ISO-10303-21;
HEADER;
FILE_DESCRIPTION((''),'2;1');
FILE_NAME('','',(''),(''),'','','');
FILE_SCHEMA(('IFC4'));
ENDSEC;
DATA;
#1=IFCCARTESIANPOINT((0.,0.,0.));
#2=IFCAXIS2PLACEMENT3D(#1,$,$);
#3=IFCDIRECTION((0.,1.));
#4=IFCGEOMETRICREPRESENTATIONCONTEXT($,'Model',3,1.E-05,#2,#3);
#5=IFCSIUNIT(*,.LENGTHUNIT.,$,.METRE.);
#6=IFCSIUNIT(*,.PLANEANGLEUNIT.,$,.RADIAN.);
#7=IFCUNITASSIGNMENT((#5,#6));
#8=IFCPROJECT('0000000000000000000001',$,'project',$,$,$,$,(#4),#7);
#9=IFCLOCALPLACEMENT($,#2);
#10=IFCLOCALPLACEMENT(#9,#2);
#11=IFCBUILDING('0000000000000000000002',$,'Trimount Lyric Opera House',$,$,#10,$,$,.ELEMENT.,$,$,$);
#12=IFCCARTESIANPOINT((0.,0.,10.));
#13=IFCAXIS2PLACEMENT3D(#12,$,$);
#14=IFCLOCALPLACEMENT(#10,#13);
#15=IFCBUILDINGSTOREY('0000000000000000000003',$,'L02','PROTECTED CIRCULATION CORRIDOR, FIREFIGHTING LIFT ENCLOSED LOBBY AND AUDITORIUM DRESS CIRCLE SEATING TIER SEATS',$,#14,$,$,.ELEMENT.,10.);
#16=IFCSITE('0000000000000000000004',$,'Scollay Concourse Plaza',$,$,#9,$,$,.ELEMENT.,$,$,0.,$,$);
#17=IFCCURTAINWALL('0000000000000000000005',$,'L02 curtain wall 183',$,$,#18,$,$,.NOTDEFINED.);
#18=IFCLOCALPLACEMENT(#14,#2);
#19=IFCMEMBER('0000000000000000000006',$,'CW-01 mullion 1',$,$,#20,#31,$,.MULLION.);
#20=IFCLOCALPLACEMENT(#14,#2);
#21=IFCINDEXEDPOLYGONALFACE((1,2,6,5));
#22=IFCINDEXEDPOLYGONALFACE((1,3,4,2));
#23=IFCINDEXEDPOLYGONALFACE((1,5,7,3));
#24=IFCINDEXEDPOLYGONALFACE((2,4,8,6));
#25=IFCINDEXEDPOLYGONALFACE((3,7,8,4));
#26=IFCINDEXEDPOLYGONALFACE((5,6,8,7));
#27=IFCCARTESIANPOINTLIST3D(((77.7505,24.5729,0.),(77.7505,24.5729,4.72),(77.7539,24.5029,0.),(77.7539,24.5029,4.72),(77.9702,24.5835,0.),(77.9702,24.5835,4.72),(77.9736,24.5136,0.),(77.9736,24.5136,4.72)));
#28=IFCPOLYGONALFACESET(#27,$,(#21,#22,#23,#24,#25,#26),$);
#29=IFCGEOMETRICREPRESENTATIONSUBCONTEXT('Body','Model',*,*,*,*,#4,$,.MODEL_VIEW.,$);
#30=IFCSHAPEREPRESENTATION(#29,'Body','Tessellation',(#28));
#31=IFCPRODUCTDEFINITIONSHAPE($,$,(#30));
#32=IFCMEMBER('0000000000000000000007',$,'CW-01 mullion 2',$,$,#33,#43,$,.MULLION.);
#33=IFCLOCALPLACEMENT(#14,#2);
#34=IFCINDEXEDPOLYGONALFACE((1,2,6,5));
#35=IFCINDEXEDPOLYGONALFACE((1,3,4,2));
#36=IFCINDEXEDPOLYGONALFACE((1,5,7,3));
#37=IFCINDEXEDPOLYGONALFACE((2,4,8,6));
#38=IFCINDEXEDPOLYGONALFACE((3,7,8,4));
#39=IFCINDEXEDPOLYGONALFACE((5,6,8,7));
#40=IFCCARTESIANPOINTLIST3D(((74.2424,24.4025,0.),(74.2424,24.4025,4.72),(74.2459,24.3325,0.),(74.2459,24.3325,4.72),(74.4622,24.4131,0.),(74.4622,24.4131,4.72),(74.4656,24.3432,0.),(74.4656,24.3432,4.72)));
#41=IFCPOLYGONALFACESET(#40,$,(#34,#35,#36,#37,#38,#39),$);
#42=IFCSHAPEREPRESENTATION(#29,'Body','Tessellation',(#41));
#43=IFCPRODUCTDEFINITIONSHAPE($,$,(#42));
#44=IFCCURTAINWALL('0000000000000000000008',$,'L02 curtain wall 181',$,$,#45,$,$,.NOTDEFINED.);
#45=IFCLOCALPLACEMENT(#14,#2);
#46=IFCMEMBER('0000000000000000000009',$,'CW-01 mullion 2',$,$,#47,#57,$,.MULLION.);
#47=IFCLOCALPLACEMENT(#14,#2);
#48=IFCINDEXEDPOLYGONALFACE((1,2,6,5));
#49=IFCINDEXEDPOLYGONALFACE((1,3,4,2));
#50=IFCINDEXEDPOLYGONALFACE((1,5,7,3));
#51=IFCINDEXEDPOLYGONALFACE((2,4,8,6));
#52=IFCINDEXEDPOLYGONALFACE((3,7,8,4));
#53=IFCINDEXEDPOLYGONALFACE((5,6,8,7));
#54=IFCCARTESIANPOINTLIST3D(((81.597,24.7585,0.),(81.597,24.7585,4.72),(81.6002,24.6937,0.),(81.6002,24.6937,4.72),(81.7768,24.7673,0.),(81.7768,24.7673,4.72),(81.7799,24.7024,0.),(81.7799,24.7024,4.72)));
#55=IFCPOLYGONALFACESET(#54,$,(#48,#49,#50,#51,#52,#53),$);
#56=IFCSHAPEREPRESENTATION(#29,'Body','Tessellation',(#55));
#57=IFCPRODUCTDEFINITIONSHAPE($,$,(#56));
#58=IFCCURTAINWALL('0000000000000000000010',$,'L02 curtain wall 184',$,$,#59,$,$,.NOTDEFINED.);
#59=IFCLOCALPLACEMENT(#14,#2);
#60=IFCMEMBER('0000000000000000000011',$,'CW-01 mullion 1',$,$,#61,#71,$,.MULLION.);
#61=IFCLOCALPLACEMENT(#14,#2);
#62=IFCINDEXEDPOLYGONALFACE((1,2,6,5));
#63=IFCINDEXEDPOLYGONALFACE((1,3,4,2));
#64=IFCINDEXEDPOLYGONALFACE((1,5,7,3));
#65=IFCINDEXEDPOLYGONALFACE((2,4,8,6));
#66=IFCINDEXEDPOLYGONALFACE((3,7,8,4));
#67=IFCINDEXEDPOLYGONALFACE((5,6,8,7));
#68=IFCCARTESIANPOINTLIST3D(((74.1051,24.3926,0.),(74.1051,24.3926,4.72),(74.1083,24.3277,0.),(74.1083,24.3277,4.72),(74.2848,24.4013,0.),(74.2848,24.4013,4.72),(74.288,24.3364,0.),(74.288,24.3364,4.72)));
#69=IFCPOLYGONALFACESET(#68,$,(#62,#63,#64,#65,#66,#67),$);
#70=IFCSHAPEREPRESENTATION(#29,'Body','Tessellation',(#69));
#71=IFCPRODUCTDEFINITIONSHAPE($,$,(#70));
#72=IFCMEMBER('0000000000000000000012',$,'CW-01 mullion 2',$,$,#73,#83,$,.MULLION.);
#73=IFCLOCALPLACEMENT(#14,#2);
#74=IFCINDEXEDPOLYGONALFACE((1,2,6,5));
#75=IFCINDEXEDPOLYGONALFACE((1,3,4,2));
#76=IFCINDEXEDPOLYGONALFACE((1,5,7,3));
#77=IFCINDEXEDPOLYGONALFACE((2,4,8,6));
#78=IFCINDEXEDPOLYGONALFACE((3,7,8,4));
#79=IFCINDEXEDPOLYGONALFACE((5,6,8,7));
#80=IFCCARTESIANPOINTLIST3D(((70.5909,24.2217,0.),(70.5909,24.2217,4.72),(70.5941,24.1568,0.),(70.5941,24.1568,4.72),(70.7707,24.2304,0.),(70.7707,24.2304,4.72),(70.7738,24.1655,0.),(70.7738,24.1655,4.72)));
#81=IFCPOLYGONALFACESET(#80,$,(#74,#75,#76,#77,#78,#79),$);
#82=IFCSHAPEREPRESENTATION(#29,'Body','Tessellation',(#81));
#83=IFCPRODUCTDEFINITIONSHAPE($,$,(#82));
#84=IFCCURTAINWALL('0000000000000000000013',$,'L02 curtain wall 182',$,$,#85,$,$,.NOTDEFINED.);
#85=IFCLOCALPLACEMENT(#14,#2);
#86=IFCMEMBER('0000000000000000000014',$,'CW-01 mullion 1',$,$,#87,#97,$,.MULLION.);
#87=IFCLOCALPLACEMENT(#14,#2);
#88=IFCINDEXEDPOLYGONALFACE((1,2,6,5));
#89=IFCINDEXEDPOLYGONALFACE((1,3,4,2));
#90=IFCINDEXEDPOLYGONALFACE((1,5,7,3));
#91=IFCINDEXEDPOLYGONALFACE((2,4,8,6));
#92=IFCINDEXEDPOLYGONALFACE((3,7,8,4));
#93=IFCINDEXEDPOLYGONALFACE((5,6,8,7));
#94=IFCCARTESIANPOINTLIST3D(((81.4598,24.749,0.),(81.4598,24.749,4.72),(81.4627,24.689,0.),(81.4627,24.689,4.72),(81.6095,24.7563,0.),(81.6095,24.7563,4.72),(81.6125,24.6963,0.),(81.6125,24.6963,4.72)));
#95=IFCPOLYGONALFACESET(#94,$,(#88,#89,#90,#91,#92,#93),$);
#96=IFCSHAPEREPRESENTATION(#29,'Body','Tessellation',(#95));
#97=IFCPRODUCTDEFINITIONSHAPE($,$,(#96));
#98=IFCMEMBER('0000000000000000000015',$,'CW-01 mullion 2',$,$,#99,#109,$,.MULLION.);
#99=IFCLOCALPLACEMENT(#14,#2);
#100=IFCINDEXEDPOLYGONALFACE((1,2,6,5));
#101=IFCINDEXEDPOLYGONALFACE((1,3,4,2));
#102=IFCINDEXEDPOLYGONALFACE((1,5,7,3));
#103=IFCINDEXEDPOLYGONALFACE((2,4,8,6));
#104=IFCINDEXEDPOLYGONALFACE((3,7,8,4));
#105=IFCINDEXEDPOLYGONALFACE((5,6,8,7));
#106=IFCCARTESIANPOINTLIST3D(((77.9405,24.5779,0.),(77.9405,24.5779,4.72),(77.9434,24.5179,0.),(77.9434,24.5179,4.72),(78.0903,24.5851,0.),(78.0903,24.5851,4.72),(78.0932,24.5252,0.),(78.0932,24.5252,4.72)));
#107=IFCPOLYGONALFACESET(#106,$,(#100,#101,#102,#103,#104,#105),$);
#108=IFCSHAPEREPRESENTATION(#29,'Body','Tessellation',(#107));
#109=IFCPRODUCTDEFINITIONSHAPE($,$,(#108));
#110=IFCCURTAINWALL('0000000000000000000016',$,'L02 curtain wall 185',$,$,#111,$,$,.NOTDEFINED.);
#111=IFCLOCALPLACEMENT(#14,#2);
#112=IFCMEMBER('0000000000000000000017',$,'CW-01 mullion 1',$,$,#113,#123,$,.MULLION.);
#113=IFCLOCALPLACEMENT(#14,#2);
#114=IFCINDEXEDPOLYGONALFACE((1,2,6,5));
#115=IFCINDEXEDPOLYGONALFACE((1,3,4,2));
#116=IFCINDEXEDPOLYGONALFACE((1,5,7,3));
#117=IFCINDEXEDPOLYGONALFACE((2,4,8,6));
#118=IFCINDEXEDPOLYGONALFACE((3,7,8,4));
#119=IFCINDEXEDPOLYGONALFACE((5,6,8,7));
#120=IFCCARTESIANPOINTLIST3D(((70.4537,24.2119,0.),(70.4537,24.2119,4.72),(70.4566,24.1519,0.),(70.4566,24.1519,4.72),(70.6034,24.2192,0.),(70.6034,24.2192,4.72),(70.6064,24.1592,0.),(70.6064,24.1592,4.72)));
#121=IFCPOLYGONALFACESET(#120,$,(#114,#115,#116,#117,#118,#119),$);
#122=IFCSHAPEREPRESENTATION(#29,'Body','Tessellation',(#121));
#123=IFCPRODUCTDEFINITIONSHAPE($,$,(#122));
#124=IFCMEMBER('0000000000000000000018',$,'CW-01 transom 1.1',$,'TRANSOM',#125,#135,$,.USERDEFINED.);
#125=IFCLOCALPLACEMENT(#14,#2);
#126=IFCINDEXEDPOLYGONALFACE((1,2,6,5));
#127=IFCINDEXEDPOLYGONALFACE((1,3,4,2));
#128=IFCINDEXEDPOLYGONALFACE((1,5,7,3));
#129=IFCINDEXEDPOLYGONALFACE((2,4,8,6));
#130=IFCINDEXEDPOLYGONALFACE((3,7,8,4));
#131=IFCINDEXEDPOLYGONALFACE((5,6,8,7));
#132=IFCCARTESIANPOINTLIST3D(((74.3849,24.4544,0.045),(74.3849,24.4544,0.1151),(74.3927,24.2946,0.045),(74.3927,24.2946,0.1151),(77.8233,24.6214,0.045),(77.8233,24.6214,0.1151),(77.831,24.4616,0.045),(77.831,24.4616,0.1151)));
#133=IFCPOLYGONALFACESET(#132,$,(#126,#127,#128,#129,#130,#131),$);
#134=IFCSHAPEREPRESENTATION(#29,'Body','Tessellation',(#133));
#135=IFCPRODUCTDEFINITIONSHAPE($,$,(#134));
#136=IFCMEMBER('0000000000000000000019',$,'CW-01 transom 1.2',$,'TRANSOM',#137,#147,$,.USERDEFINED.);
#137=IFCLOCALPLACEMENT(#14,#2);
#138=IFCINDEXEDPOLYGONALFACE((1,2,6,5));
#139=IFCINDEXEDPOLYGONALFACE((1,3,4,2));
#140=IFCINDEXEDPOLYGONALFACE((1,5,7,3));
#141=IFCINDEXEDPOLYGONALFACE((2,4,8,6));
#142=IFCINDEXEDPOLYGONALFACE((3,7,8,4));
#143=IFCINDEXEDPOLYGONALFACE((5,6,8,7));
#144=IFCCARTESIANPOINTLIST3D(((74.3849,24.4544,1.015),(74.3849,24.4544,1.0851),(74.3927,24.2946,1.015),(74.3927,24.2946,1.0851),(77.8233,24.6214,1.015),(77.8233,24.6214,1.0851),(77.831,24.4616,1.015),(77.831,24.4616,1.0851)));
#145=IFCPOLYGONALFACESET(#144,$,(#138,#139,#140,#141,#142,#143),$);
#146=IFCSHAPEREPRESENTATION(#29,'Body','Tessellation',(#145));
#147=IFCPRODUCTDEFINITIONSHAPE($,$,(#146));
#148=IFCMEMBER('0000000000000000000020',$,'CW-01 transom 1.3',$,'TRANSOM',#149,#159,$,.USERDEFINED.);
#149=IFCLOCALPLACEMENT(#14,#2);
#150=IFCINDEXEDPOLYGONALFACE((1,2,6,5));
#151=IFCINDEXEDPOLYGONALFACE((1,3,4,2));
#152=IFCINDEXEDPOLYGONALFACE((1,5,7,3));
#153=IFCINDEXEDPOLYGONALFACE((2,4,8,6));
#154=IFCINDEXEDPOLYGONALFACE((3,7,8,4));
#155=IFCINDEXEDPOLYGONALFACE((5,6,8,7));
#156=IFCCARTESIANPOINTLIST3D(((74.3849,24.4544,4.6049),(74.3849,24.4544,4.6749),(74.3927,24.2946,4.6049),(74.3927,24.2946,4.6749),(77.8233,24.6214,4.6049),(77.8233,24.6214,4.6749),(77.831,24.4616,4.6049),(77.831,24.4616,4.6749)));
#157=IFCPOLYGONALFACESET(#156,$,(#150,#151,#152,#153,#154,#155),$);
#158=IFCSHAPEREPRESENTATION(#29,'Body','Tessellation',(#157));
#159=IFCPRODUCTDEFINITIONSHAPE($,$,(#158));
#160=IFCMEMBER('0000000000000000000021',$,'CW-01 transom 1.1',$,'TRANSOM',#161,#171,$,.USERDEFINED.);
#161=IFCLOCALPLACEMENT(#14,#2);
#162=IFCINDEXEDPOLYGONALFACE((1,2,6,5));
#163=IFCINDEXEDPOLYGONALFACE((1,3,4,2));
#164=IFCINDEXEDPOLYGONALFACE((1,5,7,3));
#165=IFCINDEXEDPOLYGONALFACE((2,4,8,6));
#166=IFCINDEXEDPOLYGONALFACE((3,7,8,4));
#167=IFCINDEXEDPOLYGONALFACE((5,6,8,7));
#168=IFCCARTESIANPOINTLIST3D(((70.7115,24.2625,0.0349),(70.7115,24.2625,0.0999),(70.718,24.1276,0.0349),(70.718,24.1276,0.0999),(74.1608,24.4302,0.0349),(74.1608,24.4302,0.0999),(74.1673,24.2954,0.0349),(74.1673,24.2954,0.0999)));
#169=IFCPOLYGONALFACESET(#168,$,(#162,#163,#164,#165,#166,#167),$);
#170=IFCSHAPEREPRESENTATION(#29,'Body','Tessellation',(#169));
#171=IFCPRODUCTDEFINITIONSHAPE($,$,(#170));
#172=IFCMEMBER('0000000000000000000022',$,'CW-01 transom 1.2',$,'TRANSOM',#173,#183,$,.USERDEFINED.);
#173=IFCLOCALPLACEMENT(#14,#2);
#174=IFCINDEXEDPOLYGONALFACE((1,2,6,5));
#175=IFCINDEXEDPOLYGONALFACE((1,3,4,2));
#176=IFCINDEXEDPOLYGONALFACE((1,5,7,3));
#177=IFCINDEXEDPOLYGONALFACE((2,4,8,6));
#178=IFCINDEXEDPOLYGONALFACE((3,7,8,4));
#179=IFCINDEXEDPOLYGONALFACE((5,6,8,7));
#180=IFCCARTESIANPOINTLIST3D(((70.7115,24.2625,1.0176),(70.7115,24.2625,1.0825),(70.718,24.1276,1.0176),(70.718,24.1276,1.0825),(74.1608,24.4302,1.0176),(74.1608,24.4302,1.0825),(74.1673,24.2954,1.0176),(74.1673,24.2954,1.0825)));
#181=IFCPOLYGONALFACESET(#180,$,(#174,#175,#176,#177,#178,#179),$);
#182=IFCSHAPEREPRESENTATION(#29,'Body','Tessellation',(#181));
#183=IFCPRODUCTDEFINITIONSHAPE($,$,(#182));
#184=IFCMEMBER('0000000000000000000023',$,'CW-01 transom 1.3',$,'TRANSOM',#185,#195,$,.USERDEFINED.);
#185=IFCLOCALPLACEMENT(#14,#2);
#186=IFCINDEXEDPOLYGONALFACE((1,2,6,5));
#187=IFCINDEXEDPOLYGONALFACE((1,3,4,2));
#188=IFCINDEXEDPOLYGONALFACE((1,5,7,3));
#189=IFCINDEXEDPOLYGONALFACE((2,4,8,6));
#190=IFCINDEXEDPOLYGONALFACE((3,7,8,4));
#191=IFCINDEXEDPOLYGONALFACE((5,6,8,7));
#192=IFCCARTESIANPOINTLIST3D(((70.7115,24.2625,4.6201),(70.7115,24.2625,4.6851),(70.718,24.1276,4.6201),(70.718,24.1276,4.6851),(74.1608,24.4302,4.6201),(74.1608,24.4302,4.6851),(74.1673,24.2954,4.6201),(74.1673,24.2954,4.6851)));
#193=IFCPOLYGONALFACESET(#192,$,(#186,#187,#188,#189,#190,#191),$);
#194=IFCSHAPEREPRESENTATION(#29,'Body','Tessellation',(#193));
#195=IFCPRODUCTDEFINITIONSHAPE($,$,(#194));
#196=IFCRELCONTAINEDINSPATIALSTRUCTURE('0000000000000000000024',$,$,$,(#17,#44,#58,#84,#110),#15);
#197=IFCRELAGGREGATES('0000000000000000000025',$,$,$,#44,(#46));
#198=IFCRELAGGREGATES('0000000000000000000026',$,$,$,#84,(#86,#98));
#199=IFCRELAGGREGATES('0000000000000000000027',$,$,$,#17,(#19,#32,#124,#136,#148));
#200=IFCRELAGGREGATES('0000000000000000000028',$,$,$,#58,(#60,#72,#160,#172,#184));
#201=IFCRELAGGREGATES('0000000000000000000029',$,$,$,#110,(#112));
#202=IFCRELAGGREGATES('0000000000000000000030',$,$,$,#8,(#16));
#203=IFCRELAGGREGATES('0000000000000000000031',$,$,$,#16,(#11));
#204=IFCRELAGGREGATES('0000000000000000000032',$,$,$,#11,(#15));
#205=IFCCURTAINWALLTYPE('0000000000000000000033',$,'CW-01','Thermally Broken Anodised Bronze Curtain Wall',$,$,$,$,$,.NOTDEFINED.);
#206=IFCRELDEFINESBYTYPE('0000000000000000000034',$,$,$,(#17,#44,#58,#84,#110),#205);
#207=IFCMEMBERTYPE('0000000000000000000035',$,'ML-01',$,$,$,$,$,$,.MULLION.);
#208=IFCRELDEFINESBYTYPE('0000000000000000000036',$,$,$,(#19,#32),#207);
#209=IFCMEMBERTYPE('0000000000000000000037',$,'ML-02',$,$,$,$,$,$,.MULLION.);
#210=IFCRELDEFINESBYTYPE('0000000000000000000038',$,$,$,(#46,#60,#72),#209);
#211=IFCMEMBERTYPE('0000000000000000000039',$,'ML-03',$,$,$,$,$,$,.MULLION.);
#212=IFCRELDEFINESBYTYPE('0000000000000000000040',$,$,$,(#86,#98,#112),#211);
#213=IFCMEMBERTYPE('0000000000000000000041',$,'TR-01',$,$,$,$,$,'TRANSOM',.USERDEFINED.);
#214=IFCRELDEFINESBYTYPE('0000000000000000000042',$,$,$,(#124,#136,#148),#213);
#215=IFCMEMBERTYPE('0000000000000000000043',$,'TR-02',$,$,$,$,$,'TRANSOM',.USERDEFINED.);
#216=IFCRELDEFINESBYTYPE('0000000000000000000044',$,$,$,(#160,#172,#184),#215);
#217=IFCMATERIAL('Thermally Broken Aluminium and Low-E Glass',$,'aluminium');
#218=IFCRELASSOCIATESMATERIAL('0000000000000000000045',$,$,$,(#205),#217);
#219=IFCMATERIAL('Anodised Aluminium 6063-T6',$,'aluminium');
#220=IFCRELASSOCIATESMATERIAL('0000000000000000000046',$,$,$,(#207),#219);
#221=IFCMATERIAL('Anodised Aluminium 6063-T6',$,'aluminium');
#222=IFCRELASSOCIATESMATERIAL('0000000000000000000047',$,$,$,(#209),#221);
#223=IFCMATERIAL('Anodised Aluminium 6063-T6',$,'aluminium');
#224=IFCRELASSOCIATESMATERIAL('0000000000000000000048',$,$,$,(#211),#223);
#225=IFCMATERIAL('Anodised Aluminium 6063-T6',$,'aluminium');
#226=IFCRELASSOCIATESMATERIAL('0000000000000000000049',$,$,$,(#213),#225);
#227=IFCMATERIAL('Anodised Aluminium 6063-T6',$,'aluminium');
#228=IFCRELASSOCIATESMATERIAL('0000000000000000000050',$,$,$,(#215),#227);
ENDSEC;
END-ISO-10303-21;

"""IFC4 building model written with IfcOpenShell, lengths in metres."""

from ifc_helpers import new_model, si_unit, direction, frame, origin, origin_2d, place, context, subcontext, project, spatial, rectangle, extrude, material, material_profile, profile_set, type_object, element, aggregate, save


model = new_model("IFC4")

# Units and contexts
model_context = context("Model", 3, precision=1e-05, world=origin(), true_north=direction((0.0, 1.0)))
body_context = subcontext(model_context, "Body", "Model", "MODEL_VIEW")
ifc_project = project(units=[si_unit("LENGTHUNIT", "METRE"), si_unit("PLANEANGLEUNIT", "RADIAN")], contexts=[model_context])

# Site, building, storey
site_placement = place(None, origin())
site = spatial("IfcSite", under=ifc_project, at=site_placement, Name="Scollay Concourse Plaza", CompositionType="ELEMENT", RefElevation=0.0)
building_placement = place(site_placement, origin())
building = spatial("IfcBuilding", under=site, at=building_placement, Name="Trimount Lyric Opera House", CompositionType="ELEMENT")
storey_placement = place(building_placement, frame((0.0, 0.0, 10.0)))
storey = spatial("IfcBuildingStorey", under=building, at=storey_placement, Name="L02", Description="PROTECTED CIRCULATION CORRIDOR, FIREFIGHTING LIFT ENCLOSED LOBBY AND AUDITORIUM DRESS CIRCLE SEATING TIER SEATS", CompositionType="ELEMENT", Elevation=10.0)

# Curtain wall, members
ifc_material_1 = material(Name="Thermally Broken Aluminium and Low-E Glass", Category="aluminium")
curtain_wall_type = type_object("IfcCurtainWallType", Name="CW-01", Description="Thermally Broken Anodised Bronze Curtain Wall", PredefinedType="NOTDEFINED", material=ifc_material_1)
curtain_wall_1_placement = place(storey_placement, origin())
curtain_wall_1 = element("IfcCurtainWall", 1, at=curtain_wall_1_placement, inside=storey, type_object=curtain_wall_type, Name="L02 curtain wall 183", PredefinedType="NOTDEFINED")
ifc_material_2 = material(Name="Anodised Aluminium 6063-T6", Category="aluminium")
ifc_material_profile_1 = material_profile(ifc_material_2, rectangle(XDim=0.0701, YDim=0.22, at=origin_2d()), Name="ALU-MULL-70X220")
ifc_profile_set_1 = profile_set([ifc_material_profile_1], Name="Anodised Aluminium 6063-T6")
member_type_1 = type_object("IfcMemberType", Name="ML-01", PredefinedType="MULLION", material=ifc_profile_set_1)
member_1_placement = place(storey_placement, frame((77.8621, 24.5432, 0.0), z_axis=(0.0, 0.0, 1.0), x_axis=(0.048573, -0.99882, 0.0)))
member_1 = element("IfcMember", 2, at=member_1_placement, type_object=member_type_1, Name="CW-01 mullion 1", PredefinedType="MULLION", context=body_context, shape_type="SweptSolid", body=[
    extrude(rectangle(XDim=0.0701, YDim=0.22, at=origin_2d()), origin(), (0.0, 0.0, 1.0), 4.72),
])
member_2_placement = place(storey_placement, frame((74.354, 24.3728, 0.0), z_axis=(0.0, 0.0, 1.0), x_axis=(0.048573, -0.99882, 0.0)))
member_2 = element("IfcMember", 3, at=member_2_placement, type_object=member_type_1, Name="CW-01 mullion 2", PredefinedType="MULLION", context=body_context, shape_type="SweptSolid", body=[
    extrude(rectangle(XDim=0.0701, YDim=0.22, at=origin_2d()), origin(), (0.0, 0.0, 1.0), 4.72),
])

# Curtain wall, member
curtain_wall_2_placement = place(storey_placement, origin())
curtain_wall_2 = element("IfcCurtainWall", 4, at=curtain_wall_2_placement, inside=storey, type_object=curtain_wall_type, Name="L02 curtain wall 181", PredefinedType="NOTDEFINED")
ifc_material_3 = material(Name="Anodised Aluminium 6063-T6", Category="aluminium")
ifc_material_profile_2 = material_profile(ifc_material_3, rectangle(XDim=0.0649, YDim=0.1799, at=origin_2d()), Name="ALU-MULL-65X180")
ifc_profile_set_2 = profile_set([ifc_material_profile_2], Name="Anodised Aluminium 6063-T6")
member_type_2 = type_object("IfcMemberType", Name="ML-02", PredefinedType="MULLION", material=ifc_profile_set_2)
member_3_placement = place(storey_placement, frame((81.6885, 24.7305, 0.0), z_axis=(0.0, 0.0, 1.0), x_axis=(0.04856, -0.99882, 0.0)))
member_3 = element("IfcMember", 5, at=member_3_placement, type_object=member_type_2, Name="CW-01 mullion 2", PredefinedType="MULLION", context=body_context, shape_type="SweptSolid", body=[
    extrude(rectangle(XDim=0.0649, YDim=0.1799, at=origin_2d()), origin(), (0.0, 0.0, 1.0), 4.72),
])
aggregate(curtain_wall_2, [member_3])

# Curtain walls, members
curtain_wall_3_placement = place(storey_placement, origin())
curtain_wall_3 = element("IfcCurtainWall", 6, at=curtain_wall_3_placement, inside=storey, type_object=curtain_wall_type, Name="L02 curtain wall 184", PredefinedType="NOTDEFINED")
member_4_placement = place(storey_placement, frame((74.1965, 24.3645, 0.0), z_axis=(0.0, 0.0, 1.0), x_axis=(0.04856, -0.99882, 0.0)))
member_4 = element("IfcMember", 7, at=member_4_placement, type_object=member_type_2, Name="CW-01 mullion 1", PredefinedType="MULLION", context=body_context, shape_type="SweptSolid", body=[
    extrude(rectangle(XDim=0.0649, YDim=0.1799, at=origin_2d()), origin(), (0.0, 0.0, 1.0), 4.72),
])
member_5_placement = place(storey_placement, frame((70.6824, 24.1936, 0.0), z_axis=(0.0, 0.0, 1.0), x_axis=(0.04856, -0.99882, 0.0)))
member_5 = element("IfcMember", 8, at=member_5_placement, type_object=member_type_2, Name="CW-01 mullion 2", PredefinedType="MULLION", context=body_context, shape_type="SweptSolid", body=[
    extrude(rectangle(XDim=0.0649, YDim=0.1799, at=origin_2d()), origin(), (0.0, 0.0, 1.0), 4.72),
])
curtain_wall_4_placement = place(storey_placement, origin())
curtain_wall_4 = element("IfcCurtainWall", 9, at=curtain_wall_4_placement, inside=storey, type_object=curtain_wall_type, Name="L02 curtain wall 182", PredefinedType="NOTDEFINED")
ifc_material_4 = material(Name="Anodised Aluminium 6063-T6", Category="aluminium")
ifc_material_profile_3 = material_profile(ifc_material_4, rectangle(XDim=0.0601, YDim=0.1499, at=origin_2d()), Name="ALU-MULL-60X150")
ifc_profile_set_3 = profile_set([ifc_material_profile_3], Name="Anodised Aluminium 6063-T6")
member_type_3 = type_object("IfcMemberType", Name="ML-03", PredefinedType="MULLION", material=ifc_profile_set_3)
member_6_placement = place(storey_placement, frame((81.5361, 24.7227, 0.0), z_axis=(0.0, 0.0, 1.0), x_axis=(0.04856, -0.99882, 0.0)))
member_6 = element("IfcMember", 10, at=member_6_placement, type_object=member_type_3, Name="CW-01 mullion 1", PredefinedType="MULLION", context=body_context, shape_type="SweptSolid", body=[
    extrude(rectangle(XDim=0.0601, YDim=0.1499, at=origin_2d()), origin(), (0.0, 0.0, 1.0), 4.72),
])
member_7_placement = place(storey_placement, frame((78.0168, 24.5515, 0.0), z_axis=(0.0, 0.0, 1.0), x_axis=(0.04856, -0.99882, 0.0)))
member_7 = element("IfcMember", 11, at=member_7_placement, type_object=member_type_3, Name="CW-01 mullion 2", PredefinedType="MULLION", context=body_context, shape_type="SweptSolid", body=[
    extrude(rectangle(XDim=0.0601, YDim=0.1499, at=origin_2d()), origin(), (0.0, 0.0, 1.0), 4.72),
])

# Curtain wall, member
curtain_wall_5_placement = place(storey_placement, origin())
curtain_wall_5 = element("IfcCurtainWall", 12, at=curtain_wall_5_placement, inside=storey, type_object=curtain_wall_type, Name="L02 curtain wall 185", PredefinedType="NOTDEFINED")
member_8_placement = place(storey_placement, frame((70.53, 24.1855, 0.0), z_axis=(0.0, 0.0, 1.0), x_axis=(0.048573, -0.99882, 0.0)))
member_8 = element("IfcMember", 13, at=member_8_placement, type_object=member_type_3, Name="CW-01 mullion 1", PredefinedType="MULLION", context=body_context, shape_type="SweptSolid", body=[
    extrude(rectangle(XDim=0.0601, YDim=0.1499, at=origin_2d()), origin(), (0.0, 0.0, 1.0), 4.72),
])

# Members
ifc_material_5 = material(Name="Anodised Aluminium 6063-T6", Category="aluminium")
ifc_material_profile_4 = material_profile(ifc_material_5, rectangle(XDim=0.1599, YDim=0.0701, at=origin_2d()), Name="ALU-TRAN-70X160")
ifc_profile_set_4 = profile_set([ifc_material_profile_4], Name="Anodised Aluminium 6063-T6")
member_type_4 = type_object("IfcMemberType", Name="TR-01", ElementType="TRANSOM", PredefinedType="USERDEFINED", material=ifc_profile_set_4)
member_9_placement = place(storey_placement, frame((77.8271, 24.5415, 0.0801), z_axis=(-0.998823, -0.048512, 0.0), x_axis=(0.048512, -0.998823, 0.0)))
member_9 = element("IfcMember", 14, at=member_9_placement, type_object=member_type_4, Name="CW-01 transom 1.1", ObjectType="TRANSOM", PredefinedType="USERDEFINED", context=body_context, shape_type="SweptSolid", body=[
    extrude(rectangle(XDim=0.1599, YDim=0.0701, at=origin_2d()), origin(), (0.0, 0.0, 1.0), 3.4424),
])
member_10_placement = place(storey_placement, frame((77.8271, 24.5415, 1.05), z_axis=(-0.998823, -0.048512, 0.0), x_axis=(0.048512, -0.998823, 0.0)))
member_10 = element("IfcMember", 15, at=member_10_placement, type_object=member_type_4, Name="CW-01 transom 1.2", ObjectType="TRANSOM", PredefinedType="USERDEFINED", context=body_context, shape_type="SweptSolid", body=[
    extrude(rectangle(XDim=0.1599, YDim=0.0701, at=origin_2d()), origin(), (0.0, 0.0, 1.0), 3.4424),
])
member_11_placement = place(storey_placement, frame((77.8271, 24.5415, 4.6399), z_axis=(-0.998823, -0.048512, 0.0), x_axis=(0.048512, -0.998823, 0.0)))
member_11 = element("IfcMember", 16, at=member_11_placement, type_object=member_type_4, Name="CW-01 transom 1.3", ObjectType="TRANSOM", PredefinedType="USERDEFINED", context=body_context, shape_type="SweptSolid", body=[
    extrude(rectangle(XDim=0.1599, YDim=0.0701, at=origin_2d()), origin(), (0.0, 0.0, 1.0), 3.4424),
])
ifc_material_6 = material(Name="Anodised Aluminium 6063-T6", Category="aluminium")
ifc_material_profile_5 = material_profile(ifc_material_6, rectangle(XDim=0.135, YDim=0.0649, at=origin_2d()), Name="ALU-TRAN-65X135")
ifc_profile_set_5 = profile_set([ifc_material_profile_5], Name="Anodised Aluminium 6063-T6")
member_type_5 = type_object("IfcMemberType", Name="TR-02", ElementType="TRANSOM", PredefinedType="USERDEFINED", material=ifc_profile_set_5)
member_12_placement = place(storey_placement, frame((74.1641, 24.3628, 0.0674), z_axis=(-0.99882, -0.048569, 0.0), x_axis=(0.048569, -0.99882, 0.0)))
member_12 = element("IfcMember", 17, at=member_12_placement, type_object=member_type_5, Name="CW-01 transom 1.1", ObjectType="TRANSOM", PredefinedType="USERDEFINED", context=body_context, shape_type="SweptSolid", body=[
    extrude(rectangle(XDim=0.135, YDim=0.0649, at=origin_2d()), origin(), (0.0, 0.0, 1.0), 3.4534),
])
member_13_placement = place(storey_placement, frame((74.1641, 24.3628, 1.05), z_axis=(-0.99882, -0.048569, 0.0), x_axis=(0.048569, -0.99882, 0.0)))
member_13 = element("IfcMember", 18, at=member_13_placement, type_object=member_type_5, Name="CW-01 transom 1.2", ObjectType="TRANSOM", PredefinedType="USERDEFINED", context=body_context, shape_type="SweptSolid", body=[
    extrude(rectangle(XDim=0.135, YDim=0.0649, at=origin_2d()), origin(), (0.0, 0.0, 1.0), 3.4534),
])
member_14_placement = place(storey_placement, frame((74.1641, 24.3628, 4.6526), z_axis=(-0.99882, -0.048569, 0.0), x_axis=(0.048569, -0.99882, 0.0)))
member_14 = element("IfcMember", 19, at=member_14_placement, type_object=member_type_5, Name="CW-01 transom 1.3", ObjectType="TRANSOM", PredefinedType="USERDEFINED", context=body_context, shape_type="SweptSolid", body=[
    extrude(rectangle(XDim=0.135, YDim=0.0649, at=origin_2d()), origin(), (0.0, 0.0, 1.0), 3.4534),
])

aggregate(curtain_wall_4, [member_6, member_7])
aggregate(curtain_wall_1, [member_1, member_2, member_9, member_10, member_11])
aggregate(curtain_wall_3, [member_4, member_5, member_12, member_13, member_14])
aggregate(curtain_wall_5, [member_8])

save(model, "model.ifc")
